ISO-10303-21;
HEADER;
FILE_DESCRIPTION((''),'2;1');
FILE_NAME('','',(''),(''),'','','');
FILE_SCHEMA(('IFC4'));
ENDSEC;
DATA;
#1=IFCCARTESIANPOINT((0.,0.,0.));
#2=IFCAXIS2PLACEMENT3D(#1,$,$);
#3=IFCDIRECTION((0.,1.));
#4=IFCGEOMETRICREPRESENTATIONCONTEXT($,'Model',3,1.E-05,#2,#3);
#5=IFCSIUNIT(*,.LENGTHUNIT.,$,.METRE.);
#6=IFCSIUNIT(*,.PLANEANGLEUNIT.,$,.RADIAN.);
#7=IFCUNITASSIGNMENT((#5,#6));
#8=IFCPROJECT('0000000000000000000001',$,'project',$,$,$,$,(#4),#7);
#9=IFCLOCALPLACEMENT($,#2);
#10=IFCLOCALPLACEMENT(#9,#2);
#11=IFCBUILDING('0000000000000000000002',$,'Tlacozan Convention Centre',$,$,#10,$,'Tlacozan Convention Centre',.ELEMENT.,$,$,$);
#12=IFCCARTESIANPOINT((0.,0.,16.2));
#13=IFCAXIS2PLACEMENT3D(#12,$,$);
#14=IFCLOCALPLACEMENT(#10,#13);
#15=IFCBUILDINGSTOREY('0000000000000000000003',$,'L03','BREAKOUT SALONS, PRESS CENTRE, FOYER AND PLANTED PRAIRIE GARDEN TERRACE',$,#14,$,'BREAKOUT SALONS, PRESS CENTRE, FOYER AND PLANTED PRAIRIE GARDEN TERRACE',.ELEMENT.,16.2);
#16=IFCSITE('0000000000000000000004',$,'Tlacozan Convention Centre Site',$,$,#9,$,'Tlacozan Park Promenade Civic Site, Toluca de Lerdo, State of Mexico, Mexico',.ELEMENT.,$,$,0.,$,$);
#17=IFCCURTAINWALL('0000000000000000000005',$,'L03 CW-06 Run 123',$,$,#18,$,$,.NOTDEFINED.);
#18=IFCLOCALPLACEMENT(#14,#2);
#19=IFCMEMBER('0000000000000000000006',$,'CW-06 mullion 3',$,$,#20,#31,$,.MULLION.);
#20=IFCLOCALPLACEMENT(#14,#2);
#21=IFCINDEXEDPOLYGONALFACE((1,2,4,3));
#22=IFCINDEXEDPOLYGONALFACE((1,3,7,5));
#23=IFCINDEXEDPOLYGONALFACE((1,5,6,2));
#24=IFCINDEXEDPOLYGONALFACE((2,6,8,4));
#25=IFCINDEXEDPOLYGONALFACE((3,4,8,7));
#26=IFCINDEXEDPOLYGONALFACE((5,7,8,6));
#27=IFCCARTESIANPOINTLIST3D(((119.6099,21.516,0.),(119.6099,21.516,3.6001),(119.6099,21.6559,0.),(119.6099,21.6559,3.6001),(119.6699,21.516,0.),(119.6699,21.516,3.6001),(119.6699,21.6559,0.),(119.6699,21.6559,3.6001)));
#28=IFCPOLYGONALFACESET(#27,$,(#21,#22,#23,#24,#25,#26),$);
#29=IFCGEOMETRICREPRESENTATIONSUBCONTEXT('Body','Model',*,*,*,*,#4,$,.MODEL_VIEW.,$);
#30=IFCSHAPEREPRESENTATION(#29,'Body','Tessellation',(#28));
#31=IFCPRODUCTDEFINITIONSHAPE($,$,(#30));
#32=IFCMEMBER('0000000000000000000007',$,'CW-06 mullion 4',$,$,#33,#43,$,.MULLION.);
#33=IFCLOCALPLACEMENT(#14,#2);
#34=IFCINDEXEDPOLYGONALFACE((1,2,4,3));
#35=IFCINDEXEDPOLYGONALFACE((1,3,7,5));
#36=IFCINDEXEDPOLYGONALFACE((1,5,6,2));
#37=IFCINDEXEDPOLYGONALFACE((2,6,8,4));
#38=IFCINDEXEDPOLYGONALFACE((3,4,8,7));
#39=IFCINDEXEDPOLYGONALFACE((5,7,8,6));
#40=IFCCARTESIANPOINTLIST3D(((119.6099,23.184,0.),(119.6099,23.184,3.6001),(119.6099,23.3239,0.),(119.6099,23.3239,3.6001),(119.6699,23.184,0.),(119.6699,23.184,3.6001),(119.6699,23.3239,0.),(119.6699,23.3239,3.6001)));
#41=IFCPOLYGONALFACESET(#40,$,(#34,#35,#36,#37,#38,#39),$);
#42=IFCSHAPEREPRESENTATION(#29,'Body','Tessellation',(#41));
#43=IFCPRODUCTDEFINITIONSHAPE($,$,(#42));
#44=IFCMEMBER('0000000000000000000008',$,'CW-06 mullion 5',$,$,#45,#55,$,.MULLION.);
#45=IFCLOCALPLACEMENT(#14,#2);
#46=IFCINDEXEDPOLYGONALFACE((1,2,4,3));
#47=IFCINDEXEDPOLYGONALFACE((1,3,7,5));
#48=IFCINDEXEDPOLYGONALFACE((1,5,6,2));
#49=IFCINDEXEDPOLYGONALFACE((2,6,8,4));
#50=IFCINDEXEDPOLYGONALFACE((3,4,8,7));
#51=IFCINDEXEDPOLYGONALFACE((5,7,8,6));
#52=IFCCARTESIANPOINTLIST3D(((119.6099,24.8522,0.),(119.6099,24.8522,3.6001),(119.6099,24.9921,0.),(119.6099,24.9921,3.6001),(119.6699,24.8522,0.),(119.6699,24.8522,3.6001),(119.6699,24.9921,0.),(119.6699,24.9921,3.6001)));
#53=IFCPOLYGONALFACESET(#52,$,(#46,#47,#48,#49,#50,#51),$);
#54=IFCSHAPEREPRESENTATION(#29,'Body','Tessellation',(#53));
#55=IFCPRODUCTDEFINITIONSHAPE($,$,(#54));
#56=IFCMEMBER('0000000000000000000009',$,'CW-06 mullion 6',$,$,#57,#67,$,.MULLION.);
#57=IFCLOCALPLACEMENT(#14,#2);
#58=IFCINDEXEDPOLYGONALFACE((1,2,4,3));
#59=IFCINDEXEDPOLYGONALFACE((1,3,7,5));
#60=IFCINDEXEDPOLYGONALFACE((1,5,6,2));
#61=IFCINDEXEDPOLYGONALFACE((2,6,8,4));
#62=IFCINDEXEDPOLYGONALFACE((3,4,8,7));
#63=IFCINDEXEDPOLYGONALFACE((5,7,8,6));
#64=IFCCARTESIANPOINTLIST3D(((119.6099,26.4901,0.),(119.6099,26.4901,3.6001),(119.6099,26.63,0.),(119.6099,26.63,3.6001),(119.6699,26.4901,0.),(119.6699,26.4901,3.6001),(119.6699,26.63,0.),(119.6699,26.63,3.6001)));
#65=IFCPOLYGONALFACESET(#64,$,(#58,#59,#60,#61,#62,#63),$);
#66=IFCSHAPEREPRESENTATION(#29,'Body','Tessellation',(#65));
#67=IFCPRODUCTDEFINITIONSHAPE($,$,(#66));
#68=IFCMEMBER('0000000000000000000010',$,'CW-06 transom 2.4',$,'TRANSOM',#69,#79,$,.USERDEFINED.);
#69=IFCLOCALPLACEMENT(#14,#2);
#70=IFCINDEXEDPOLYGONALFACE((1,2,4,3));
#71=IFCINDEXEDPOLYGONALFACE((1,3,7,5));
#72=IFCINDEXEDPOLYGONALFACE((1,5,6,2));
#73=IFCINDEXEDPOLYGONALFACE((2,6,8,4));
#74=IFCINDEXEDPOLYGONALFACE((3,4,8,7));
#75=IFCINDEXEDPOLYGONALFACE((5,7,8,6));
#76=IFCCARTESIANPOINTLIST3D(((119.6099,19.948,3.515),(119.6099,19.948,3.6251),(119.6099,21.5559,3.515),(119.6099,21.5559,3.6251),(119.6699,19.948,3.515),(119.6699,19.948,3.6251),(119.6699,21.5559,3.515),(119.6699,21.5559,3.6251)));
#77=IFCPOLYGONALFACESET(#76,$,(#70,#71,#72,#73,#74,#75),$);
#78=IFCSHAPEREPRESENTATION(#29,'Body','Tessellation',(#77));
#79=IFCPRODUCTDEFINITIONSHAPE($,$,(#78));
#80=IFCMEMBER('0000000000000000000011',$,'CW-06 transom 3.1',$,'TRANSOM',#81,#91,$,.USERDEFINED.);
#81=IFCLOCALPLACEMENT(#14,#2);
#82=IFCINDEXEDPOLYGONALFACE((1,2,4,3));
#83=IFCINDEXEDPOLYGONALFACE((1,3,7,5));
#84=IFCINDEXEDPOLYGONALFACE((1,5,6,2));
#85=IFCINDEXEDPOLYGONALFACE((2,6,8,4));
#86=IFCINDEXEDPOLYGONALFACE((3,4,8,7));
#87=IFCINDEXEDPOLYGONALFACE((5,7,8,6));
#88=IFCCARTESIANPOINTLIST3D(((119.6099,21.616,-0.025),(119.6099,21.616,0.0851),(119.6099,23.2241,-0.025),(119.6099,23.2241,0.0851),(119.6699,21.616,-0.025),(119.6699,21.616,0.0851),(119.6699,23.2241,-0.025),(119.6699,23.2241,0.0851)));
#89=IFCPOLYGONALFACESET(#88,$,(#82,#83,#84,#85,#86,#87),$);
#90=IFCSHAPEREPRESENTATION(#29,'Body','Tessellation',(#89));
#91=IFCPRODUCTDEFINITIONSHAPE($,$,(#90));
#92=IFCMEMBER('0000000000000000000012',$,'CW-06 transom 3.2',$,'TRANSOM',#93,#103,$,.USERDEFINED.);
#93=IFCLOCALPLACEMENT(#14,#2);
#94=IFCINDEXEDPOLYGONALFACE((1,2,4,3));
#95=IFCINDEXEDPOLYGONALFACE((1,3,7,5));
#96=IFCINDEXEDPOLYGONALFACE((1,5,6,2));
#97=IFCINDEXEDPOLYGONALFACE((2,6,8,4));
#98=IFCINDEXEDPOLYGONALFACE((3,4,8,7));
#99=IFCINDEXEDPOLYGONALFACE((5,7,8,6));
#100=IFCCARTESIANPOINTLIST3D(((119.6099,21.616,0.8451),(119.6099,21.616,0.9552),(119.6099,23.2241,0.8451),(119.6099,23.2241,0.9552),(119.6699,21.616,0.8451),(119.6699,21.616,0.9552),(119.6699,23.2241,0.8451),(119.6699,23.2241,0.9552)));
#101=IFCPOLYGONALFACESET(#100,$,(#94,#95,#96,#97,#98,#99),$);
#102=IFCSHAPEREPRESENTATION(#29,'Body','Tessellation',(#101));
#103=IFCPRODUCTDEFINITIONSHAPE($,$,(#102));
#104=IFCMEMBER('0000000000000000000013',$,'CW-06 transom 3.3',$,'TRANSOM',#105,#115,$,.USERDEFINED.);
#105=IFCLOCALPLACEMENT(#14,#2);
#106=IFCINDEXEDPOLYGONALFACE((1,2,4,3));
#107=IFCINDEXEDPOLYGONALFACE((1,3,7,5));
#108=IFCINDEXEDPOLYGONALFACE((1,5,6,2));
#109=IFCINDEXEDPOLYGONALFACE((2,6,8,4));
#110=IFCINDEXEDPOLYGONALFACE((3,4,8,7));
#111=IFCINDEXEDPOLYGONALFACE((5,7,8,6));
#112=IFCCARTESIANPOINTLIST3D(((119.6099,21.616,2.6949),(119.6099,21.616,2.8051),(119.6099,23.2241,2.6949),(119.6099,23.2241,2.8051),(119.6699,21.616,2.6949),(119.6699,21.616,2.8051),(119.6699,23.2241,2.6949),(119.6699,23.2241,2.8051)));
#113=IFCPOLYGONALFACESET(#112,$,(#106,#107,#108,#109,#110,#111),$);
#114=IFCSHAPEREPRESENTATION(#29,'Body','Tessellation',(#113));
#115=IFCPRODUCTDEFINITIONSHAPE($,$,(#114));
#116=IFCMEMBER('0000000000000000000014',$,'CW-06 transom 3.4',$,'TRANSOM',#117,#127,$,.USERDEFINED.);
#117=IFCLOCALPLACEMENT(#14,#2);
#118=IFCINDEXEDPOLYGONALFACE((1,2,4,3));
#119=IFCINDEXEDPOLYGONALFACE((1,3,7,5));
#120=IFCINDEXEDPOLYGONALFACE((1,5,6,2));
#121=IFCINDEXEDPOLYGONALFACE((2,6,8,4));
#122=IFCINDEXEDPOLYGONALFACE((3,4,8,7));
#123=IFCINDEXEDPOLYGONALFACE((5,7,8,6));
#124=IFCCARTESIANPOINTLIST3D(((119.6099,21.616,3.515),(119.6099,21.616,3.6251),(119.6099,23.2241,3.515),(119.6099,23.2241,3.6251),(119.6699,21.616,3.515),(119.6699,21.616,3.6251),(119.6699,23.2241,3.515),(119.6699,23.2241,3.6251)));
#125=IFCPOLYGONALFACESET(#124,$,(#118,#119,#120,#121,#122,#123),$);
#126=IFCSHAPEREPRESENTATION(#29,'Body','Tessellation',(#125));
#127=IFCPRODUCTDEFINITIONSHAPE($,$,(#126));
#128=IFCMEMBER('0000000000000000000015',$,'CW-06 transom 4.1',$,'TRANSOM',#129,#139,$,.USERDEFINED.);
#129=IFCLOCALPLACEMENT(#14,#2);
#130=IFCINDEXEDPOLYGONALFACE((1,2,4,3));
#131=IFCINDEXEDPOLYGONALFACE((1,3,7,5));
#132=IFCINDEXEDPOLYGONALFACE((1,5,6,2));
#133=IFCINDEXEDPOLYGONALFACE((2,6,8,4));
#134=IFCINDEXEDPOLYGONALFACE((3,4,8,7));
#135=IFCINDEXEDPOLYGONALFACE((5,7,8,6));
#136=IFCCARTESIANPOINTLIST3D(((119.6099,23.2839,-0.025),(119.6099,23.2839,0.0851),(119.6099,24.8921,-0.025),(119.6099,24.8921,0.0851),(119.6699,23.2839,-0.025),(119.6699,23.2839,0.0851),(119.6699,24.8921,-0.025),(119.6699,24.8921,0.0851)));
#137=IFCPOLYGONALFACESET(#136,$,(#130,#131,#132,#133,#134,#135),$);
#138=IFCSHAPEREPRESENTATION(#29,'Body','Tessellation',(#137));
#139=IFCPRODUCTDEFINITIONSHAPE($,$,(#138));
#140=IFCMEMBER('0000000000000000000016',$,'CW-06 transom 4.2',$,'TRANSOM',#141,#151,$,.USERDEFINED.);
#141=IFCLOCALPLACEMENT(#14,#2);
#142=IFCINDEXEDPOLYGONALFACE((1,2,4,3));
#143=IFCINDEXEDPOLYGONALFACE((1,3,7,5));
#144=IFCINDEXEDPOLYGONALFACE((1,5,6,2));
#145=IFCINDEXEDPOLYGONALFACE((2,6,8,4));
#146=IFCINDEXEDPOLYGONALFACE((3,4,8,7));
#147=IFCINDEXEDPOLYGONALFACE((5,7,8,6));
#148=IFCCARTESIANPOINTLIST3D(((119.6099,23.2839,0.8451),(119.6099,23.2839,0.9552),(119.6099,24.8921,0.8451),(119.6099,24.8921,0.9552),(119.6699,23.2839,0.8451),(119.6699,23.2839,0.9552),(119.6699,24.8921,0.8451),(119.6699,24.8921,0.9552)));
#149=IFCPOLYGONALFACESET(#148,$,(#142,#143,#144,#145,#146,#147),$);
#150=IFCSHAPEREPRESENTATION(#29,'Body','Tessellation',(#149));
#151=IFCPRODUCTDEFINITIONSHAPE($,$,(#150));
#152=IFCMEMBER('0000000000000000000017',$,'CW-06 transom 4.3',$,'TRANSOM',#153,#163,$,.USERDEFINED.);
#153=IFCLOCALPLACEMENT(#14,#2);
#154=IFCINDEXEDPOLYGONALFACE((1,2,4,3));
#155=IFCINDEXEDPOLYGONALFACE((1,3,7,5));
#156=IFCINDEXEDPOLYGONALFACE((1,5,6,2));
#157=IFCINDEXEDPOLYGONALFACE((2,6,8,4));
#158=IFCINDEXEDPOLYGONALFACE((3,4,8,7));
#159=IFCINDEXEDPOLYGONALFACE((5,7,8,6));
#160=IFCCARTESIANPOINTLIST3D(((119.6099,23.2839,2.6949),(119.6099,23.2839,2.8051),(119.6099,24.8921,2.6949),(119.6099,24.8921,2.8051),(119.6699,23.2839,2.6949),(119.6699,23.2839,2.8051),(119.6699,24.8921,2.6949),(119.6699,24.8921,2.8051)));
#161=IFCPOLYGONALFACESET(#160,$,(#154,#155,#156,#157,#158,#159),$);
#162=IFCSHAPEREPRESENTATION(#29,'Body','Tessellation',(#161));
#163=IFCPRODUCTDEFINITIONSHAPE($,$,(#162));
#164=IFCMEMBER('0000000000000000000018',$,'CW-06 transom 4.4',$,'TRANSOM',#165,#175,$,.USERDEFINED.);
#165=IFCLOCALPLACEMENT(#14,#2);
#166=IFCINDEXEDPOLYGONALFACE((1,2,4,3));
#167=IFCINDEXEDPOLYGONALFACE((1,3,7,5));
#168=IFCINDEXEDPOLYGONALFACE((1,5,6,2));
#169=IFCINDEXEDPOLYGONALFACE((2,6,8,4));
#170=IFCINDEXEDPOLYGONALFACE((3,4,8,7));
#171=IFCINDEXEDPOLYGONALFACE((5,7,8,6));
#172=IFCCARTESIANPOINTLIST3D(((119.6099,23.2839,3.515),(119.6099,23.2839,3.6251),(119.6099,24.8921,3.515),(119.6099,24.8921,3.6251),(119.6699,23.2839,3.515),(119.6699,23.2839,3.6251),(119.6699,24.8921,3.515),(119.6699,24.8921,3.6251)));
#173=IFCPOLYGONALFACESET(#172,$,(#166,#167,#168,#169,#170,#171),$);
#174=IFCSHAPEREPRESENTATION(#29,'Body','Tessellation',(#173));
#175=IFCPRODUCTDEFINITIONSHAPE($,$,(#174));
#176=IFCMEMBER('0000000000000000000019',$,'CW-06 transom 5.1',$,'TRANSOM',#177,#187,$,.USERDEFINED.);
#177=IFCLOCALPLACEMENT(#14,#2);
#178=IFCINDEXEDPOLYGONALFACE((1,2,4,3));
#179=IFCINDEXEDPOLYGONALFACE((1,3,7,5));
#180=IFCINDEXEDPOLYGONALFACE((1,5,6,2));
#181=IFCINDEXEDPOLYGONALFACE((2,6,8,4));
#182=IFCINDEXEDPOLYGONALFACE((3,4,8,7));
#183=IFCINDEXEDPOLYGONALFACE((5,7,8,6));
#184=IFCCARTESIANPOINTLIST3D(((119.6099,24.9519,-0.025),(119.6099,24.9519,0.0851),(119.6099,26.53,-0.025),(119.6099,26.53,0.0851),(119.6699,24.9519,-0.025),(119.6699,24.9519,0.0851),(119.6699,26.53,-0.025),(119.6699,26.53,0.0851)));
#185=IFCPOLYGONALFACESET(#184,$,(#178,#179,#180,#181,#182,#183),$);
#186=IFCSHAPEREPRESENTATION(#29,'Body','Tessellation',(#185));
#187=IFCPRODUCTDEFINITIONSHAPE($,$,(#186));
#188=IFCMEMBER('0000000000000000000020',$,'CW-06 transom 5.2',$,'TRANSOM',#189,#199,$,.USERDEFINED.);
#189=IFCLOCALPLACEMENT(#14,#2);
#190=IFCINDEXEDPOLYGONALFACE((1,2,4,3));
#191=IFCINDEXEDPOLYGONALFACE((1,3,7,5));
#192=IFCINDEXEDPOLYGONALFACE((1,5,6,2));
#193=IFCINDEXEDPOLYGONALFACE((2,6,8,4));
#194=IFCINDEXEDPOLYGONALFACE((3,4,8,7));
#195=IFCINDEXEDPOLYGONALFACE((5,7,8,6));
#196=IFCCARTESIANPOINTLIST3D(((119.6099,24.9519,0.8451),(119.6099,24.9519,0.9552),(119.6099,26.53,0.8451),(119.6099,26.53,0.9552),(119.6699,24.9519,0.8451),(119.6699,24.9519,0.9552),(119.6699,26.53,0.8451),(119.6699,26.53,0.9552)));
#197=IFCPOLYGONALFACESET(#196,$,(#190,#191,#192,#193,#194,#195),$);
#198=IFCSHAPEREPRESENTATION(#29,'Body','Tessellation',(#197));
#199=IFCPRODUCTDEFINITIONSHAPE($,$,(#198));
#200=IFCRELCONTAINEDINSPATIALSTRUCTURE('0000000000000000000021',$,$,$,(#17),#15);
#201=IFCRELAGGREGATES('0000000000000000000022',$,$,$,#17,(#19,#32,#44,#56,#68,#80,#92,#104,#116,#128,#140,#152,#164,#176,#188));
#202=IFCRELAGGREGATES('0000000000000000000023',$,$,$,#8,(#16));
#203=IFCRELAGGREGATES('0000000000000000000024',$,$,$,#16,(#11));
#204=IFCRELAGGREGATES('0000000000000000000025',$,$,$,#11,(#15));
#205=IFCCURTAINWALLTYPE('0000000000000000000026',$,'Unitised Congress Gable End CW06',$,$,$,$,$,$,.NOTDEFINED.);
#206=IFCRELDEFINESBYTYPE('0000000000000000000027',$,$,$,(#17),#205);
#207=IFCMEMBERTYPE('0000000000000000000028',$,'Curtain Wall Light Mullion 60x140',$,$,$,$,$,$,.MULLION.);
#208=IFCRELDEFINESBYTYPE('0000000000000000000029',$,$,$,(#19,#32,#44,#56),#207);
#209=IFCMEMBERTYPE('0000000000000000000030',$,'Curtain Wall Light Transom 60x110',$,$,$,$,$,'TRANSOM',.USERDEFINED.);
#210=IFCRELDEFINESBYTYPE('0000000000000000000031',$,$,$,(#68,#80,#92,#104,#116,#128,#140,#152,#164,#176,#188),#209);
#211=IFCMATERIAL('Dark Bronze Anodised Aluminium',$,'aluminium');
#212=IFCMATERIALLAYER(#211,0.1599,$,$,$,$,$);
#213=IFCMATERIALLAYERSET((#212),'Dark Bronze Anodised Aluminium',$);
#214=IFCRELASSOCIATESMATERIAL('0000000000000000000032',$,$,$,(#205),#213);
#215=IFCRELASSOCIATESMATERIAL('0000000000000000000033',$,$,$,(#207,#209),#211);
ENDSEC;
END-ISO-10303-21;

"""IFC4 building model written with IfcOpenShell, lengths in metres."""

from ifc_helpers import new_model, si_unit, direction, frame, origin, origin_2d, place, context, subcontext, project, spatial, rectangle, extrude, material, layer, layer_set, material_profile, profile_set, type_object, element, aggregate, save


model = new_model("IFC4")

# Units and contexts
model_context = context("Model", 3, precision=1e-05, world=origin(), true_north=direction((0.0, 1.0)))
body_context = subcontext(model_context, "Body", "Model", "MODEL_VIEW")
ifc_project = project(units=[si_unit("LENGTHUNIT", "METRE"), si_unit("PLANEANGLEUNIT", "RADIAN")], contexts=[model_context])

# Site, building, storey
site_placement = place(None, origin())
site = spatial("IfcSite", under=ifc_project, at=site_placement, Name="Tlacozan Convention Centre Site", LongName="Tlacozan Park Promenade Civic Site, Toluca de Lerdo, State of Mexico, Mexico", CompositionType="ELEMENT", RefElevation=0.0)
building_placement = place(site_placement, origin())
building = spatial("IfcBuilding", under=site, at=building_placement, Name="Tlacozan Convention Centre", LongName="Tlacozan Convention Centre", CompositionType="ELEMENT")
storey_placement = place(building_placement, frame((0.0, 0.0, 16.2)))
storey = spatial("IfcBuildingStorey", under=building, at=storey_placement, Name="L03", Description="BREAKOUT SALONS, PRESS CENTRE, FOYER AND PLANTED PRAIRIE GARDEN TERRACE", LongName="BREAKOUT SALONS, PRESS CENTRE, FOYER AND PLANTED PRAIRIE GARDEN TERRACE", CompositionType="ELEMENT", Elevation=16.2)

# Curtain wall, members
ifc_material_1 = material(Name="Dark Bronze Anodised Aluminium", Category="aluminium")
ifc_layer_1 = layer(ifc_material_1, 0.1599)
ifc_layer_set_1 = layer_set([ifc_layer_1], Name="Dark Bronze Anodised Aluminium")
curtain_wall_type = type_object("IfcCurtainWallType", Name="Unitised Congress Gable End CW06", PredefinedType="NOTDEFINED", material=ifc_layer_set_1)
curtain_wall_placement = place(storey_placement, origin())
curtain_wall = element("IfcCurtainWall", 1, at=curtain_wall_placement, inside=storey, type_object=curtain_wall_type, Name="L03 CW-06 Run 123", PredefinedType="NOTDEFINED")
ifc_material_profile_1 = material_profile(ifc_material_1, rectangle(XDim=0.0601, YDim=0.1399, at=origin_2d()), Name="ALU 60x140")
ifc_profile_set_1 = profile_set([ifc_material_profile_1], Name="Dark Bronze Anodised Aluminium")
member_type_1 = type_object("IfcMemberType", Name="Curtain Wall Light Mullion 60x140", PredefinedType="MULLION", material=ifc_profile_set_1)
member_1_placement = place(storey_placement, frame((119.6399, 21.5859, 0.0), z_axis=(0.0, 0.0, 1.0), x_axis=(-1.0, 0.0, 0.0)))
member_1 = element("IfcMember", 2, at=member_1_placement, type_object=member_type_1, Name="CW-06 mullion 3", PredefinedType="MULLION", context=body_context, shape_type="SweptSolid", body=[
    extrude(rectangle(XDim=0.0601, YDim=0.1399, at=origin_2d()), origin(), (0.0, 0.0, 1.0), 3.6001),
])
member_2_placement = place(storey_placement, frame((119.6399, 23.2539, 0.0), z_axis=(0.0, 0.0, 1.0), x_axis=(-1.0, 0.0, 0.0)))
member_2 = element("IfcMember", 3, at=member_2_placement, type_object=member_type_1, Name="CW-06 mullion 4", PredefinedType="MULLION", context=body_context, shape_type="SweptSolid", body=[
    extrude(rectangle(XDim=0.0601, YDim=0.1399, at=origin_2d()), origin(), (0.0, 0.0, 1.0), 3.6001),
])
member_3_placement = place(storey_placement, frame((119.6399, 24.9221, 0.0), z_axis=(0.0, 0.0, 1.0), x_axis=(-1.0, 0.0, 0.0)))
member_3 = element("IfcMember", 4, at=member_3_placement, type_object=member_type_1, Name="CW-06 mullion 5", PredefinedType="MULLION", context=body_context, shape_type="SweptSolid", body=[
    extrude(rectangle(XDim=0.0601, YDim=0.1399, at=origin_2d()), origin(), (0.0, 0.0, 1.0), 3.6001),
])
member_4_placement = place(storey_placement, frame((119.6399, 26.5601, 0.0), z_axis=(0.0, 0.0, 1.0), x_axis=(-1.0, 0.0, 0.0)))
member_4 = element("IfcMember", 5, at=member_4_placement, type_object=member_type_1, Name="CW-06 mullion 6", PredefinedType="MULLION", context=body_context, shape_type="SweptSolid", body=[
    extrude(rectangle(XDim=0.0601, YDim=0.1399, at=origin_2d()), origin(), (0.0, 0.0, 1.0), 3.6001),
])
ifc_material_profile_2 = material_profile(ifc_material_1, rectangle(XDim=0.0601, YDim=0.1101, at=origin_2d()), Name="ALU 60x110")
ifc_profile_set_2 = profile_set([ifc_material_profile_2], Name="Dark Bronze Anodised Aluminium")
member_type_2 = type_object("IfcMemberType", Name="Curtain Wall Light Transom 60x110", ElementType="TRANSOM", PredefinedType="USERDEFINED", material=ifc_profile_set_2)
member_5_placement = place(storey_placement, frame((119.6399, 19.948, 3.5701), z_axis=(0.0, 1.0, 0.0), x_axis=(-1.0, 0.0, 0.0)))
member_5 = element("IfcMember", 6, at=member_5_placement, type_object=member_type_2, Name="CW-06 transom 2.4", ObjectType="TRANSOM", PredefinedType="USERDEFINED", context=body_context, shape_type="SweptSolid", body=[
    extrude(rectangle(XDim=0.0601, YDim=0.1101, at=origin_2d()), origin(), (0.0, 0.0, 1.0), 1.6079),
])
member_6_placement = place(storey_placement, frame((119.6399, 21.616, 0.03), z_axis=(0.0, 1.0, 0.0), x_axis=(-1.0, 0.0, 0.0)))
member_6 = element("IfcMember", 7, at=member_6_placement, type_object=member_type_2, Name="CW-06 transom 3.1", ObjectType="TRANSOM", PredefinedType="USERDEFINED", context=body_context, shape_type="SweptSolid", body=[
    extrude(rectangle(XDim=0.0601, YDim=0.1101, at=origin_2d()), origin(), (0.0, 0.0, 1.0), 1.6082),
])
member_7_placement = place(storey_placement, frame((119.6399, 21.616, 0.9001), z_axis=(0.0, 1.0, 0.0), x_axis=(-1.0, 0.0, 0.0)))
member_7 = element("IfcMember", 8, at=member_7_placement, type_object=member_type_2, Name="CW-06 transom 3.2", ObjectType="TRANSOM", PredefinedType="USERDEFINED", context=body_context, shape_type="SweptSolid", body=[
    extrude(rectangle(XDim=0.0601, YDim=0.1101, at=origin_2d()), origin(), (0.0, 0.0, 1.0), 1.6082),
])
member_8_placement = place(storey_placement, frame((119.6399, 21.616, 2.75), z_axis=(0.0, 1.0, 0.0), x_axis=(-1.0, 0.0, 0.0)))
member_8 = element("IfcMember", 9, at=member_8_placement, type_object=member_type_2, Name="CW-06 transom 3.3", ObjectType="TRANSOM", PredefinedType="USERDEFINED", context=body_context, shape_type="SweptSolid", body=[
    extrude(rectangle(XDim=0.0601, YDim=0.1101, at=origin_2d()), origin(), (0.0, 0.0, 1.0), 1.6082),
])
member_9_placement = place(storey_placement, frame((119.6399, 21.616, 3.5701), z_axis=(0.0, 1.0, 0.0), x_axis=(-1.0, 0.0, 0.0)))
member_9 = element("IfcMember", 10, at=member_9_placement, type_object=member_type_2, Name="CW-06 transom 3.4", ObjectType="TRANSOM", PredefinedType="USERDEFINED", context=body_context, shape_type="SweptSolid", body=[
    extrude(rectangle(XDim=0.0601, YDim=0.1101, at=origin_2d()), origin(), (0.0, 0.0, 1.0), 1.6082),
])
member_10_placement = place(storey_placement, frame((119.6399, 23.2839, 0.03), z_axis=(0.0, 1.0, 0.0), x_axis=(-1.0, 0.0, 0.0)))
member_10 = element("IfcMember", 11, at=member_10_placement, type_object=member_type_2, Name="CW-06 transom 4.1", ObjectType="TRANSOM", PredefinedType="USERDEFINED", context=body_context, shape_type="SweptSolid", body=[
    extrude(rectangle(XDim=0.0601, YDim=0.1101, at=origin_2d()), origin(), (0.0, 0.0, 1.0), 1.6082),
])
member_11_placement = place(storey_placement, frame((119.6399, 23.2839, 0.9001), z_axis=(0.0, 1.0, 0.0), x_axis=(-1.0, 0.0, 0.0)))
member_11 = element("IfcMember", 12, at=member_11_placement, type_object=member_type_2, Name="CW-06 transom 4.2", ObjectType="TRANSOM", PredefinedType="USERDEFINED", context=body_context, shape_type="SweptSolid", body=[
    extrude(rectangle(XDim=0.0601, YDim=0.1101, at=origin_2d()), origin(), (0.0, 0.0, 1.0), 1.6082),
])
member_12_placement = place(storey_placement, frame((119.6399, 23.2839, 2.75), z_axis=(0.0, 1.0, 0.0), x_axis=(-1.0, 0.0, 0.0)))
member_12 = element("IfcMember", 13, at=member_12_placement, type_object=member_type_2, Name="CW-06 transom 4.3", ObjectType="TRANSOM", PredefinedType="USERDEFINED", context=body_context, shape_type="SweptSolid", body=[
    extrude(rectangle(XDim=0.0601, YDim=0.1101, at=origin_2d()), origin(), (0.0, 0.0, 1.0), 1.6082),
])
member_13_placement = place(storey_placement, frame((119.6399, 23.2839, 3.5701), z_axis=(0.0, 1.0, 0.0), x_axis=(-1.0, 0.0, 0.0)))
member_13 = element("IfcMember", 14, at=member_13_placement, type_object=member_type_2, Name="CW-06 transom 4.4", ObjectType="TRANSOM", PredefinedType="USERDEFINED", context=body_context, shape_type="SweptSolid", body=[
    extrude(rectangle(XDim=0.0601, YDim=0.1101, at=origin_2d()), origin(), (0.0, 0.0, 1.0), 1.6082),
])
member_14_placement = place(storey_placement, frame((119.6399, 24.9519, 0.03), z_axis=(0.0, 1.0, 0.0), x_axis=(-1.0, 0.0, 0.0)))
member_14 = element("IfcMember", 15, at=member_14_placement, type_object=member_type_2, Name="CW-06 transom 5.1", ObjectType="TRANSOM", PredefinedType="USERDEFINED", context=body_context, shape_type="SweptSolid", body=[
    extrude(rectangle(XDim=0.0601, YDim=0.1101, at=origin_2d()), origin(), (0.0, 0.0, 1.0), 1.5781),
])
member_15_placement = place(storey_placement, frame((119.6399, 24.9519, 0.9001), z_axis=(0.0, 1.0, 0.0), x_axis=(-1.0, 0.0, 0.0)))
member_15 = element("IfcMember", 16, at=member_15_placement, type_object=member_type_2, Name="CW-06 transom 5.2", ObjectType="TRANSOM", PredefinedType="USERDEFINED", context=body_context, shape_type="SweptSolid", body=[
    extrude(rectangle(XDim=0.0601, YDim=0.1101, at=origin_2d()), origin(), (0.0, 0.0, 1.0), 1.5781),
])
aggregate(curtain_wall, [member_1, member_2, member_3, member_4, member_5, member_6, member_7, member_8, member_9, member_10, member_11, member_12, member_13, member_14, member_15])

save(model, "model.ifc")
